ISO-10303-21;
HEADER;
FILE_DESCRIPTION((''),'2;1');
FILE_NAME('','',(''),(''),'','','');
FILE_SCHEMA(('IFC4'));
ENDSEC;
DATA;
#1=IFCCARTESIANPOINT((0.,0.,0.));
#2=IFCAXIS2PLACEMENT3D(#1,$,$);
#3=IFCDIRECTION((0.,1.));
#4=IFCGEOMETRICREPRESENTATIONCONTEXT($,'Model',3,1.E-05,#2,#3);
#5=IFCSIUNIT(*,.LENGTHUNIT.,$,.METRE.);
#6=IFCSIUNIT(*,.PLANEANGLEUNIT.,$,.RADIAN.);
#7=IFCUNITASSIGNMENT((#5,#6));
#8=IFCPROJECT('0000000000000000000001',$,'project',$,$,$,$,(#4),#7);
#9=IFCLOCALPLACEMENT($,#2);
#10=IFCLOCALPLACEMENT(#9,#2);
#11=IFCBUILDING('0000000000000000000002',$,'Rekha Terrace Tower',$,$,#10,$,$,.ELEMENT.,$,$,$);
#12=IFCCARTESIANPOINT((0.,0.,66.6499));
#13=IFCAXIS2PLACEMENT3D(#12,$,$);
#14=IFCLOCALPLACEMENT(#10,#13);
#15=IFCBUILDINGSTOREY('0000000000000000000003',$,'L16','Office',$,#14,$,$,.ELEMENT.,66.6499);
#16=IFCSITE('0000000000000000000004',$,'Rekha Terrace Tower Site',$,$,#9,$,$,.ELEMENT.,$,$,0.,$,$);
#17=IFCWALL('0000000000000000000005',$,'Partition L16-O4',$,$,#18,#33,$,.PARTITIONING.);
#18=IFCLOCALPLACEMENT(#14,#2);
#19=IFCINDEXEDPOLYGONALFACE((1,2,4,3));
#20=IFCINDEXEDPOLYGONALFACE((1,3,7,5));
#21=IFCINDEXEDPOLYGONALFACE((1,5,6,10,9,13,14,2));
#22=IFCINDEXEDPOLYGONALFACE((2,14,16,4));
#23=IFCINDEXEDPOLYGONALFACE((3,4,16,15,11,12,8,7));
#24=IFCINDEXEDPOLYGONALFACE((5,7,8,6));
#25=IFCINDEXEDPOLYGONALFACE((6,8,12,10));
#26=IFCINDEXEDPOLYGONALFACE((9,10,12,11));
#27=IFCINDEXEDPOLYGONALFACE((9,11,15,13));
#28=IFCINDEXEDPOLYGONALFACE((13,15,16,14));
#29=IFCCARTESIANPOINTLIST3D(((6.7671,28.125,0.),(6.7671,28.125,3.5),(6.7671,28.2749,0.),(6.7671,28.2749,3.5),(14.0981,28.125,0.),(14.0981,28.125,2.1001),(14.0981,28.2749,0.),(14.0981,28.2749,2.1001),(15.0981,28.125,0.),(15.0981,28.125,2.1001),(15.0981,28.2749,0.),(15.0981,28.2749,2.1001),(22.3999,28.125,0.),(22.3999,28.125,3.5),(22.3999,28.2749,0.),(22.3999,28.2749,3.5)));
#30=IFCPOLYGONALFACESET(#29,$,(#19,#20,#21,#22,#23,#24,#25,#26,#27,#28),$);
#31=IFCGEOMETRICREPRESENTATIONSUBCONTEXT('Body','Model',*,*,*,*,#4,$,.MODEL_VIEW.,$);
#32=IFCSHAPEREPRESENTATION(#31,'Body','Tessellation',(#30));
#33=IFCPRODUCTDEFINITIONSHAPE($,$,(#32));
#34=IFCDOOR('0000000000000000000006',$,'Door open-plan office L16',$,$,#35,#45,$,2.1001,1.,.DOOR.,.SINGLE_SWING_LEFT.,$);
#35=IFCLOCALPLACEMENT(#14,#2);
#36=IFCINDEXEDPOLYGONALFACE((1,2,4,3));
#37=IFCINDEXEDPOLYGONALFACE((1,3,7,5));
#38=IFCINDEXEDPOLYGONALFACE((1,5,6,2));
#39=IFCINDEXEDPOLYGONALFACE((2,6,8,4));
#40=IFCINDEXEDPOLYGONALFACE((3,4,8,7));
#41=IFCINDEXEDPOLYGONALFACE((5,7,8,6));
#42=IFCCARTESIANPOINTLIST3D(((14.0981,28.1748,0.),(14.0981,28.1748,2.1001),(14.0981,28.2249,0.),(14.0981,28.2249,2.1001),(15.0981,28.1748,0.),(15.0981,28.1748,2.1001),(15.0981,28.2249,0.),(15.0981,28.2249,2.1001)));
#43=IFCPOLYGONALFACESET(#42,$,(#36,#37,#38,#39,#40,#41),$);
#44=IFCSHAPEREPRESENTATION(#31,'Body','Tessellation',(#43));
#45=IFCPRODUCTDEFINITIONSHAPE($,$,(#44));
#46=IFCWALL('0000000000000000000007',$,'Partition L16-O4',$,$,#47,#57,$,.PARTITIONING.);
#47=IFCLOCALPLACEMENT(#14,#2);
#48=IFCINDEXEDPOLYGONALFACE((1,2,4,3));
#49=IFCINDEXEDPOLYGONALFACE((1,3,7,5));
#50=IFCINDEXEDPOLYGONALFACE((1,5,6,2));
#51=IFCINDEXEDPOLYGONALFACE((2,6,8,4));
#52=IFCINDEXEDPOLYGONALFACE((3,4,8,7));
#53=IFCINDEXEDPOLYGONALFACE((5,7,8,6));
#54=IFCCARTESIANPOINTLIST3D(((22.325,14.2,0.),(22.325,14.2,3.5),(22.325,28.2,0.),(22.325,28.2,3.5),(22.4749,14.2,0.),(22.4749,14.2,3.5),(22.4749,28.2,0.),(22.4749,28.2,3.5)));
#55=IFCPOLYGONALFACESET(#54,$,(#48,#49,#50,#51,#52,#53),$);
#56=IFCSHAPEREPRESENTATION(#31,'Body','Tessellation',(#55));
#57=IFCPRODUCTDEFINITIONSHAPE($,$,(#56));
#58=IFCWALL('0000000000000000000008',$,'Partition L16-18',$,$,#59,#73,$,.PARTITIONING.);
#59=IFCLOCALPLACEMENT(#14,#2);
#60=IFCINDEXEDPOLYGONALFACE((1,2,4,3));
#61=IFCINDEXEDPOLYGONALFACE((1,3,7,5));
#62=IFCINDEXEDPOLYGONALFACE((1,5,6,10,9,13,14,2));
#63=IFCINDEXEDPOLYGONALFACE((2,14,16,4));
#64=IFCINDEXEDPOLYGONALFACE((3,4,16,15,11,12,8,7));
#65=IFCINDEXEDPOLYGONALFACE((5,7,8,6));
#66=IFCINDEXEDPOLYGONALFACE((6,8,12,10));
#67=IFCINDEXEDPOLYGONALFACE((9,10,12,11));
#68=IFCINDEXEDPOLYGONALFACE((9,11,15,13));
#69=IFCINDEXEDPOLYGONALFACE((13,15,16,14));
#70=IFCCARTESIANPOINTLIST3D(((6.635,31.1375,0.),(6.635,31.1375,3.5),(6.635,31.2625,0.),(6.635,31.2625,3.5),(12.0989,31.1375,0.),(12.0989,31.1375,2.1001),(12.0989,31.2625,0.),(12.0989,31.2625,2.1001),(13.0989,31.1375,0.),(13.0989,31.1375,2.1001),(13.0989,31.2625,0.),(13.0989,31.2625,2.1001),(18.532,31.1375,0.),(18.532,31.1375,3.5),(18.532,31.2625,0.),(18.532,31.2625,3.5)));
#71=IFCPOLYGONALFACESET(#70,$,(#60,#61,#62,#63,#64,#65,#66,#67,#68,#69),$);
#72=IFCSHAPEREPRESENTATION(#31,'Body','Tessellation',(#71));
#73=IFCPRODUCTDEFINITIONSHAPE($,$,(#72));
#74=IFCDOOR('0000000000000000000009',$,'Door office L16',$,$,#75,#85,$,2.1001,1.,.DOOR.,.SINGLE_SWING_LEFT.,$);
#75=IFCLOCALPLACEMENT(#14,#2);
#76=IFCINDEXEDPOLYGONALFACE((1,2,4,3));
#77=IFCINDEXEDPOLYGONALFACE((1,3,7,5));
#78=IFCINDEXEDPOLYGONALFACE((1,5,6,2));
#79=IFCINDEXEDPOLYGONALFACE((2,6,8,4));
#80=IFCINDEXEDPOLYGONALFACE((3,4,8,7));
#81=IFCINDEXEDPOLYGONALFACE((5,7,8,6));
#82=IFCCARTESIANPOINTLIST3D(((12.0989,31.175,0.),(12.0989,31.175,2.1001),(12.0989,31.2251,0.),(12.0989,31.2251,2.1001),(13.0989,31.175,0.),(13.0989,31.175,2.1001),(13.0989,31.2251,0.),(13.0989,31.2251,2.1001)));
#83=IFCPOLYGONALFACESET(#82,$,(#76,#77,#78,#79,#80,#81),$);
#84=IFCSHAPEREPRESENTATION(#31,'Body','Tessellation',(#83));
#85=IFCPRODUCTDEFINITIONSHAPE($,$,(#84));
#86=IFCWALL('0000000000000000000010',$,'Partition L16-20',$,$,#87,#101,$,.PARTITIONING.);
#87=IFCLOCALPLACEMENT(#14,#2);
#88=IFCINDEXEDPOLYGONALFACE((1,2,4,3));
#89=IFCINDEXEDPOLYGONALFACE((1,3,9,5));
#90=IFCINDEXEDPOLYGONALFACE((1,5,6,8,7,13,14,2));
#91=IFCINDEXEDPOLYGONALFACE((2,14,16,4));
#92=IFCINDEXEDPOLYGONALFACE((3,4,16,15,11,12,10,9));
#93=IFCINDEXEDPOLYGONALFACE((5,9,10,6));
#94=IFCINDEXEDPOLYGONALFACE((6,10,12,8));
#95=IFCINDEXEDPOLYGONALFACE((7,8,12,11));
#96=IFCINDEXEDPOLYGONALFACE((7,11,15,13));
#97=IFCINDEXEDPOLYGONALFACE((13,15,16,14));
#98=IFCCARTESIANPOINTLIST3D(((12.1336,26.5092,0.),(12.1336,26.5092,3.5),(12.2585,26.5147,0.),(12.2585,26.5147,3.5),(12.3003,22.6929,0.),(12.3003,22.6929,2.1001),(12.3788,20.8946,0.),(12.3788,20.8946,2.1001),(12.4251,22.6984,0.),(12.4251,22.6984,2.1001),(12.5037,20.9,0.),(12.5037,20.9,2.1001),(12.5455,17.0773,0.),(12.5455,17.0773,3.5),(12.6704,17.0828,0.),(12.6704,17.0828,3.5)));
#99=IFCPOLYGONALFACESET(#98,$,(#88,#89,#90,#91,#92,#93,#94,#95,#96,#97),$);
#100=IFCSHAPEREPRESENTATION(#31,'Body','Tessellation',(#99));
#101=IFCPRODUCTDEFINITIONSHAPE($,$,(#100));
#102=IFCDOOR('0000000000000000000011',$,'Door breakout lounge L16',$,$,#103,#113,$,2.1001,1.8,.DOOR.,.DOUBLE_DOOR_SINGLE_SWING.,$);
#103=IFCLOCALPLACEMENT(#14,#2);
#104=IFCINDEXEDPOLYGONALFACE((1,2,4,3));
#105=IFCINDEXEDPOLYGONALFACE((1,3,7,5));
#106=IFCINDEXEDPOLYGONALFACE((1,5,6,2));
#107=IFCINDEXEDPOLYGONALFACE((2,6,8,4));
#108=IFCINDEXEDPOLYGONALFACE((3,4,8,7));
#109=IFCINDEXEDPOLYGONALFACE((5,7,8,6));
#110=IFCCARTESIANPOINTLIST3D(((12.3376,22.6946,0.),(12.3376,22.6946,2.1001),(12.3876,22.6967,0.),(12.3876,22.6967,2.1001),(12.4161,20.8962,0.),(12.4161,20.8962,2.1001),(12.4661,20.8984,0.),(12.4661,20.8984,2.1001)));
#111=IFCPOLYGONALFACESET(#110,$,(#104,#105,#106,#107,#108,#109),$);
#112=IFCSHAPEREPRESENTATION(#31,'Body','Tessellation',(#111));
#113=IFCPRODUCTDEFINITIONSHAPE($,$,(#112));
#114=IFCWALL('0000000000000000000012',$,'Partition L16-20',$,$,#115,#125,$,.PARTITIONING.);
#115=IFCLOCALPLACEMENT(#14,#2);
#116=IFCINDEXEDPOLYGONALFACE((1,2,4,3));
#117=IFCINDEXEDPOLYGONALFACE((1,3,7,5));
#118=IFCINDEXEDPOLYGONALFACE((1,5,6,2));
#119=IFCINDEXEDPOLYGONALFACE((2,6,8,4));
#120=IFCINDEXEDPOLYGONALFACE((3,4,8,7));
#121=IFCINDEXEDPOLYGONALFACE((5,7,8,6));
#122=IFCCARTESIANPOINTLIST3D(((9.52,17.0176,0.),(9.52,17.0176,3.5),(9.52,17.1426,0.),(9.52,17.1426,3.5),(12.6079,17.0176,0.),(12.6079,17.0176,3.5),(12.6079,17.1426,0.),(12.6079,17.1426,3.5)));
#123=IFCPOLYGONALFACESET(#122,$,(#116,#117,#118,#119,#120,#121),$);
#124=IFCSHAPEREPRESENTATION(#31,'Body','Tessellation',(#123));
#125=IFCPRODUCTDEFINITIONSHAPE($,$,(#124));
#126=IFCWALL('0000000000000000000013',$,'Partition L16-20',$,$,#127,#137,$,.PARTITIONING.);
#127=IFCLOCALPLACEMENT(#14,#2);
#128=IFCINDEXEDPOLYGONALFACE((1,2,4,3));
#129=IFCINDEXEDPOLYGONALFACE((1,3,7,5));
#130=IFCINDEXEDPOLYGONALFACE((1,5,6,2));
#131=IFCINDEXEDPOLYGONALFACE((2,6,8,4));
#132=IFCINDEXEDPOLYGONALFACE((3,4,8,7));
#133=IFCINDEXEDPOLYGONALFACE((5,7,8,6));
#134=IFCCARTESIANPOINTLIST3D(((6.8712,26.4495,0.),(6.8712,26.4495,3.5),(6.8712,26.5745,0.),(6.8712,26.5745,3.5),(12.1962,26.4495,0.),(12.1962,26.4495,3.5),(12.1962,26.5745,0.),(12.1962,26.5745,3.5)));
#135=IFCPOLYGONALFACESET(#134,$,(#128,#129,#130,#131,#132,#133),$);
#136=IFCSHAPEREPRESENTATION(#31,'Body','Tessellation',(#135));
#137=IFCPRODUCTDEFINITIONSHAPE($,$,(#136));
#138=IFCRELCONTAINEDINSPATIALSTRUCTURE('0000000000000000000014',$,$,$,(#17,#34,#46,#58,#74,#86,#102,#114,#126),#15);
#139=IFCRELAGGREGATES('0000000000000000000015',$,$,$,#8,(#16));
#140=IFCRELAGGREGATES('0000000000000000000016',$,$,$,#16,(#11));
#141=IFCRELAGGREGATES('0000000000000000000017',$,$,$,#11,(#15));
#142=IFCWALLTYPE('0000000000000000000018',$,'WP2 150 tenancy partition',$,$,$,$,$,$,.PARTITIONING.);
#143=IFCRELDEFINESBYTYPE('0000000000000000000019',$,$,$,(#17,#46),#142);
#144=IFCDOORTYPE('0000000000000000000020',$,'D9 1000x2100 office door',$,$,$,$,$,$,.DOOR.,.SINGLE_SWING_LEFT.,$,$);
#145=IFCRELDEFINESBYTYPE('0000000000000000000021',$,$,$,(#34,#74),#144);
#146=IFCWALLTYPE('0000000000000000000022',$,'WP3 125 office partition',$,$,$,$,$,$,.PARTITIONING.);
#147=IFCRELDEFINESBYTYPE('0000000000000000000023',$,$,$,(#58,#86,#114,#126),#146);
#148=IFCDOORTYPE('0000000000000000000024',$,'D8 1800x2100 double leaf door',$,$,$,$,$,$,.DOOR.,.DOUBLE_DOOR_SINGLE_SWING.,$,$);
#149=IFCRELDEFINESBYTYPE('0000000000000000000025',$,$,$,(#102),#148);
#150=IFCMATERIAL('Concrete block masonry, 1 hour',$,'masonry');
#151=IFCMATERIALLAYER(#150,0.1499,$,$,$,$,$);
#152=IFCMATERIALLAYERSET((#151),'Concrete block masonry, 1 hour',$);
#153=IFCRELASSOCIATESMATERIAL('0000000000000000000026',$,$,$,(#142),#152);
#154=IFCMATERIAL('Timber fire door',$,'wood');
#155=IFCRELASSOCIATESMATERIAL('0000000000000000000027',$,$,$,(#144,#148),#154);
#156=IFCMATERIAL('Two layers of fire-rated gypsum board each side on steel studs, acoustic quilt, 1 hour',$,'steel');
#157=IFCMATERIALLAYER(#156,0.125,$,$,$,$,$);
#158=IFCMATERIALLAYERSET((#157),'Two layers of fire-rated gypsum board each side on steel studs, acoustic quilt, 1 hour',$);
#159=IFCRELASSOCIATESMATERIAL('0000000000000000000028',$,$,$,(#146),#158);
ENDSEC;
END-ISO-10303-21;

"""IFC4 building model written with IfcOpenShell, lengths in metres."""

from ifc_helpers import new_model, si_unit, direction, frame, frame_2d, origin, place, context, subcontext, project, spatial, rectangle, extrude, material, layer, layer_set, type_object, element, fill, save


model = new_model("IFC4")

# Units and contexts
model_context = context("Model", 3, precision=1e-05, world=origin(), true_north=direction((0.0, 1.0)))
body_context = subcontext(model_context, "Body", "Model", "MODEL_VIEW")
ifc_project = project(units=[si_unit("LENGTHUNIT", "METRE"), si_unit("PLANEANGLEUNIT", "RADIAN")], contexts=[model_context])

# Site, building, storey
site_placement = place(None, origin())
site = spatial("IfcSite", under=ifc_project, at=site_placement, Name="Rekha Terrace Tower Site", CompositionType="ELEMENT", RefElevation=0.0)
building_placement = place(site_placement, origin())
building = spatial("IfcBuilding", under=site, at=building_placement, Name="Rekha Terrace Tower", CompositionType="ELEMENT")
storey_placement = place(building_placement, frame((0.0, 0.0, 66.6499)))
storey = spatial("IfcBuildingStorey", under=building, at=storey_placement, Name="L16", Description="Office", CompositionType="ELEMENT", Elevation=66.6499)

# Wall, opening, door
ifc_material_1 = material(Name="Concrete block masonry, 1 hour", Category="masonry")
ifc_layer_1 = layer(ifc_material_1, 0.1499)
ifc_layer_set_1 = layer_set([ifc_layer_1], Name="Concrete block masonry, 1 hour")
wall_type_1 = type_object("IfcWallType", Name="WP2 150 tenancy partition", PredefinedType="PARTITIONING", material=ifc_layer_set_1)
wall_1_placement = place(storey_placement, frame((6.7671, 28.2, 0.0), z_axis=(0.0, 0.0, 1.0), x_axis=(1.0, 0.0, 0.0)))
wall_1 = element("IfcWall", 1, at=wall_1_placement, inside=storey, type_object=wall_type_1, Name="Partition L16-O4", PredefinedType="PARTITIONING", context=body_context, shape_type="SweptSolid", body=[
    extrude(rectangle(XDim=15.6328, YDim=0.1499, at=frame_2d((7.8164, 0.0))), origin(), (0.0, 0.0, 1.0), 3.5),
])
opening_1_placement = place(wall_1_placement, frame((7.3311, 0.0, 0.0)))
opening_1 = element("IfcOpeningElement", 2, at=opening_1_placement, cuts=wall_1, PredefinedType="OPENING", context=body_context, shape_type="SweptSolid", body=[
    extrude(rectangle(XDim=1.0, YDim=2.1001, at=frame_2d((0.5, 1.05))), frame((0.0, 0.085, 0.0), z_axis=(0.0, -1.0, 0.0), x_axis=(1.0, 0.0, 0.0)), (0.0, 0.0, 1.0), 0.1699),
])
ifc_material_2 = material(Name="Timber fire door", Category="wood")
door_type_1 = type_object("IfcDoorType", Name="D9 1000x2100 office door", OperationType="SINGLE_SWING_LEFT", PredefinedType="DOOR", material=ifc_material_2)
door_1_placement = place(opening_1_placement, origin())
door_1 = element("IfcDoor", 3, at=door_1_placement, inside=storey, type_object=door_type_1, Name="Door open-plan office L16", OperationType="SINGLE_SWING_LEFT", OverallHeight=2.1001, OverallWidth=1.0, PredefinedType="DOOR", context=body_context, shape_type="SweptSolid", body=[
    extrude(rectangle(XDim=1.0, YDim=2.1001, at=frame_2d((0.5, 1.05))), frame((0.0, 0.0249, 0.0), z_axis=(0.0, -1.0, 0.0), x_axis=(1.0, 0.0, 0.0)), (0.0, 0.0, 1.0), 0.05),
])
fill(opening_1, door_1)

# Wall
wall_2_placement = place(storey_placement, frame((22.3999, 28.2, 0.0), z_axis=(0.0, 0.0, 1.0), x_axis=(0.0, -1.0, 0.0)))
element("IfcWall", 4, at=wall_2_placement, inside=storey, type_object=wall_type_1, Name="Partition L16-O4", PredefinedType="PARTITIONING", context=body_context, shape_type="SweptSolid", body=[
    extrude(rectangle(XDim=14.0, YDim=0.1499, at=frame_2d((7.0, 0.0))), origin(), (0.0, 0.0, 1.0), 3.5),
])

# Walls, openings, doors
ifc_material_3 = material(Name="Two layers of fire-rated gypsum board each side on steel studs, acoustic quilt, 1 hour", Category="steel")
ifc_layer_2 = layer(ifc_material_3, 0.125)
ifc_layer_set_2 = layer_set([ifc_layer_2], Name="Two layers of fire-rated gypsum board each side on steel studs, acoustic quilt, 1 hour")
wall_type_2 = type_object("IfcWallType", Name="WP3 125 office partition", PredefinedType="PARTITIONING", material=ifc_layer_set_2)
wall_3_placement = place(storey_placement, frame((18.532, 31.2, 0.0), z_axis=(0.0, 0.0, 1.0), x_axis=(-1.0, 0.0, 0.0)))
wall_3 = element("IfcWall", 5, at=wall_3_placement, inside=storey, type_object=wall_type_2, Name="Partition L16-18", PredefinedType="PARTITIONING", context=body_context, shape_type="SweptSolid", body=[
    extrude(rectangle(XDim=11.897, YDim=0.125, at=frame_2d((5.9485, 0.0))), origin(), (0.0, 0.0, 1.0), 3.5),
])
opening_2_placement = place(wall_3_placement, frame((5.4331, 0.0, 0.0)))
opening_2 = element("IfcOpeningElement", 6, at=opening_2_placement, cuts=wall_3, PredefinedType="OPENING", context=body_context, shape_type="SweptSolid", body=[
    extrude(rectangle(XDim=1.0, YDim=2.1001, at=frame_2d((0.5, 1.05))), frame((0.0, 0.0725, 0.0), z_axis=(0.0, -1.0, 0.0), x_axis=(1.0, 0.0, 0.0)), (0.0, 0.0, 1.0), 0.145),
])
door_2_placement = place(opening_2_placement, origin())
door_2 = element("IfcDoor", 7, at=door_2_placement, inside=storey, type_object=door_type_1, Name="Door office L16", OperationType="SINGLE_SWING_LEFT", OverallHeight=2.1001, OverallWidth=1.0, PredefinedType="DOOR", context=body_context, shape_type="SweptSolid", body=[
    extrude(rectangle(XDim=1.0, YDim=2.1001, at=frame_2d((0.5, 1.05))), frame((0.0, 0.0249, 0.0), z_axis=(0.0, -1.0, 0.0), x_axis=(1.0, 0.0, 0.0)), (0.0, 0.0, 1.0), 0.05),
])
fill(opening_2, door_2)
wall_4_placement = place(storey_placement, frame((12.196, 26.512, 0.0), z_axis=(0.0, 0.0, 1.0), x_axis=(0.043626, -0.999048, 0.0)))
wall_4 = element("IfcWall", 8, at=wall_4_placement, inside=storey, type_object=wall_type_2, Name="Partition L16-20", PredefinedType="PARTITIONING", context=body_context, shape_type="SweptSolid", body=[
    extrude(rectangle(XDim=9.4409, YDim=0.125, at=frame_2d((4.7205, 0.0))), origin(), (0.0, 0.0, 1.0), 3.5),
])
opening_3_placement = place(wall_4_placement, frame((3.8201, 0.0, 0.0)))
opening_3 = element("IfcOpeningElement", 9, at=opening_3_placement, cuts=wall_4, PredefinedType="OPENING", context=body_context, shape_type="SweptSolid", body=[
    extrude(rectangle(XDim=1.8, YDim=2.1001, at=frame_2d((0.8999, 1.05))), frame((0.0, 0.0725, 0.0), z_axis=(0.0, -1.0, 0.0), x_axis=(1.0, 0.0, 0.0)), (0.0, 0.0, 1.0), 0.145),
])
door_type_2 = type_object("IfcDoorType", Name="D8 1800x2100 double leaf door", OperationType="DOUBLE_DOOR_SINGLE_SWING", PredefinedType="DOOR", material=ifc_material_2)
door_3_placement = place(opening_3_placement, origin())
door_3 = element("IfcDoor", 10, at=door_3_placement, inside=storey, type_object=door_type_2, Name="Door breakout lounge L16", OperationType="DOUBLE_DOOR_SINGLE_SWING", OverallHeight=2.1001, OverallWidth=1.8, PredefinedType="DOOR", context=body_context, shape_type="SweptSolid", body=[
    extrude(rectangle(XDim=1.8, YDim=2.1001, at=frame_2d((0.8999, 1.05))), frame((0.0, 0.0249, 0.0), z_axis=(0.0, -1.0, 0.0), x_axis=(1.0, 0.0, 0.0)), (0.0, 0.0, 1.0), 0.05),
])
fill(opening_3, door_3)

# Walls
wall_5_placement = place(storey_placement, frame((12.6079, 17.0801, 0.0), z_axis=(0.0, 0.0, 1.0), x_axis=(-1.0, 0.0, 0.0)))
element("IfcWall", 11, at=wall_5_placement, inside=storey, type_object=wall_type_2, Name="Partition L16-20", PredefinedType="PARTITIONING", context=body_context, shape_type="SweptSolid", body=[
    extrude(rectangle(XDim=3.0879, YDim=0.125, at=frame_2d((1.5439, 0.0))), origin(), (0.0, 0.0, 1.0), 3.5),
])
wall_6_placement = place(storey_placement, frame((6.8711, 26.512, 0.0), z_axis=(0.0, 0.0, 1.0), x_axis=(1.0, 0.0, 0.0)))
element("IfcWall", 12, at=wall_6_placement, inside=storey, type_object=wall_type_2, Name="Partition L16-20", PredefinedType="PARTITIONING", context=body_context, shape_type="SweptSolid", body=[
    extrude(rectangle(XDim=5.325, YDim=0.125, at=frame_2d((2.6626, 0.0))), origin(), (0.0, 0.0, 1.0), 3.5),
])

save(model, "model.ifc")
